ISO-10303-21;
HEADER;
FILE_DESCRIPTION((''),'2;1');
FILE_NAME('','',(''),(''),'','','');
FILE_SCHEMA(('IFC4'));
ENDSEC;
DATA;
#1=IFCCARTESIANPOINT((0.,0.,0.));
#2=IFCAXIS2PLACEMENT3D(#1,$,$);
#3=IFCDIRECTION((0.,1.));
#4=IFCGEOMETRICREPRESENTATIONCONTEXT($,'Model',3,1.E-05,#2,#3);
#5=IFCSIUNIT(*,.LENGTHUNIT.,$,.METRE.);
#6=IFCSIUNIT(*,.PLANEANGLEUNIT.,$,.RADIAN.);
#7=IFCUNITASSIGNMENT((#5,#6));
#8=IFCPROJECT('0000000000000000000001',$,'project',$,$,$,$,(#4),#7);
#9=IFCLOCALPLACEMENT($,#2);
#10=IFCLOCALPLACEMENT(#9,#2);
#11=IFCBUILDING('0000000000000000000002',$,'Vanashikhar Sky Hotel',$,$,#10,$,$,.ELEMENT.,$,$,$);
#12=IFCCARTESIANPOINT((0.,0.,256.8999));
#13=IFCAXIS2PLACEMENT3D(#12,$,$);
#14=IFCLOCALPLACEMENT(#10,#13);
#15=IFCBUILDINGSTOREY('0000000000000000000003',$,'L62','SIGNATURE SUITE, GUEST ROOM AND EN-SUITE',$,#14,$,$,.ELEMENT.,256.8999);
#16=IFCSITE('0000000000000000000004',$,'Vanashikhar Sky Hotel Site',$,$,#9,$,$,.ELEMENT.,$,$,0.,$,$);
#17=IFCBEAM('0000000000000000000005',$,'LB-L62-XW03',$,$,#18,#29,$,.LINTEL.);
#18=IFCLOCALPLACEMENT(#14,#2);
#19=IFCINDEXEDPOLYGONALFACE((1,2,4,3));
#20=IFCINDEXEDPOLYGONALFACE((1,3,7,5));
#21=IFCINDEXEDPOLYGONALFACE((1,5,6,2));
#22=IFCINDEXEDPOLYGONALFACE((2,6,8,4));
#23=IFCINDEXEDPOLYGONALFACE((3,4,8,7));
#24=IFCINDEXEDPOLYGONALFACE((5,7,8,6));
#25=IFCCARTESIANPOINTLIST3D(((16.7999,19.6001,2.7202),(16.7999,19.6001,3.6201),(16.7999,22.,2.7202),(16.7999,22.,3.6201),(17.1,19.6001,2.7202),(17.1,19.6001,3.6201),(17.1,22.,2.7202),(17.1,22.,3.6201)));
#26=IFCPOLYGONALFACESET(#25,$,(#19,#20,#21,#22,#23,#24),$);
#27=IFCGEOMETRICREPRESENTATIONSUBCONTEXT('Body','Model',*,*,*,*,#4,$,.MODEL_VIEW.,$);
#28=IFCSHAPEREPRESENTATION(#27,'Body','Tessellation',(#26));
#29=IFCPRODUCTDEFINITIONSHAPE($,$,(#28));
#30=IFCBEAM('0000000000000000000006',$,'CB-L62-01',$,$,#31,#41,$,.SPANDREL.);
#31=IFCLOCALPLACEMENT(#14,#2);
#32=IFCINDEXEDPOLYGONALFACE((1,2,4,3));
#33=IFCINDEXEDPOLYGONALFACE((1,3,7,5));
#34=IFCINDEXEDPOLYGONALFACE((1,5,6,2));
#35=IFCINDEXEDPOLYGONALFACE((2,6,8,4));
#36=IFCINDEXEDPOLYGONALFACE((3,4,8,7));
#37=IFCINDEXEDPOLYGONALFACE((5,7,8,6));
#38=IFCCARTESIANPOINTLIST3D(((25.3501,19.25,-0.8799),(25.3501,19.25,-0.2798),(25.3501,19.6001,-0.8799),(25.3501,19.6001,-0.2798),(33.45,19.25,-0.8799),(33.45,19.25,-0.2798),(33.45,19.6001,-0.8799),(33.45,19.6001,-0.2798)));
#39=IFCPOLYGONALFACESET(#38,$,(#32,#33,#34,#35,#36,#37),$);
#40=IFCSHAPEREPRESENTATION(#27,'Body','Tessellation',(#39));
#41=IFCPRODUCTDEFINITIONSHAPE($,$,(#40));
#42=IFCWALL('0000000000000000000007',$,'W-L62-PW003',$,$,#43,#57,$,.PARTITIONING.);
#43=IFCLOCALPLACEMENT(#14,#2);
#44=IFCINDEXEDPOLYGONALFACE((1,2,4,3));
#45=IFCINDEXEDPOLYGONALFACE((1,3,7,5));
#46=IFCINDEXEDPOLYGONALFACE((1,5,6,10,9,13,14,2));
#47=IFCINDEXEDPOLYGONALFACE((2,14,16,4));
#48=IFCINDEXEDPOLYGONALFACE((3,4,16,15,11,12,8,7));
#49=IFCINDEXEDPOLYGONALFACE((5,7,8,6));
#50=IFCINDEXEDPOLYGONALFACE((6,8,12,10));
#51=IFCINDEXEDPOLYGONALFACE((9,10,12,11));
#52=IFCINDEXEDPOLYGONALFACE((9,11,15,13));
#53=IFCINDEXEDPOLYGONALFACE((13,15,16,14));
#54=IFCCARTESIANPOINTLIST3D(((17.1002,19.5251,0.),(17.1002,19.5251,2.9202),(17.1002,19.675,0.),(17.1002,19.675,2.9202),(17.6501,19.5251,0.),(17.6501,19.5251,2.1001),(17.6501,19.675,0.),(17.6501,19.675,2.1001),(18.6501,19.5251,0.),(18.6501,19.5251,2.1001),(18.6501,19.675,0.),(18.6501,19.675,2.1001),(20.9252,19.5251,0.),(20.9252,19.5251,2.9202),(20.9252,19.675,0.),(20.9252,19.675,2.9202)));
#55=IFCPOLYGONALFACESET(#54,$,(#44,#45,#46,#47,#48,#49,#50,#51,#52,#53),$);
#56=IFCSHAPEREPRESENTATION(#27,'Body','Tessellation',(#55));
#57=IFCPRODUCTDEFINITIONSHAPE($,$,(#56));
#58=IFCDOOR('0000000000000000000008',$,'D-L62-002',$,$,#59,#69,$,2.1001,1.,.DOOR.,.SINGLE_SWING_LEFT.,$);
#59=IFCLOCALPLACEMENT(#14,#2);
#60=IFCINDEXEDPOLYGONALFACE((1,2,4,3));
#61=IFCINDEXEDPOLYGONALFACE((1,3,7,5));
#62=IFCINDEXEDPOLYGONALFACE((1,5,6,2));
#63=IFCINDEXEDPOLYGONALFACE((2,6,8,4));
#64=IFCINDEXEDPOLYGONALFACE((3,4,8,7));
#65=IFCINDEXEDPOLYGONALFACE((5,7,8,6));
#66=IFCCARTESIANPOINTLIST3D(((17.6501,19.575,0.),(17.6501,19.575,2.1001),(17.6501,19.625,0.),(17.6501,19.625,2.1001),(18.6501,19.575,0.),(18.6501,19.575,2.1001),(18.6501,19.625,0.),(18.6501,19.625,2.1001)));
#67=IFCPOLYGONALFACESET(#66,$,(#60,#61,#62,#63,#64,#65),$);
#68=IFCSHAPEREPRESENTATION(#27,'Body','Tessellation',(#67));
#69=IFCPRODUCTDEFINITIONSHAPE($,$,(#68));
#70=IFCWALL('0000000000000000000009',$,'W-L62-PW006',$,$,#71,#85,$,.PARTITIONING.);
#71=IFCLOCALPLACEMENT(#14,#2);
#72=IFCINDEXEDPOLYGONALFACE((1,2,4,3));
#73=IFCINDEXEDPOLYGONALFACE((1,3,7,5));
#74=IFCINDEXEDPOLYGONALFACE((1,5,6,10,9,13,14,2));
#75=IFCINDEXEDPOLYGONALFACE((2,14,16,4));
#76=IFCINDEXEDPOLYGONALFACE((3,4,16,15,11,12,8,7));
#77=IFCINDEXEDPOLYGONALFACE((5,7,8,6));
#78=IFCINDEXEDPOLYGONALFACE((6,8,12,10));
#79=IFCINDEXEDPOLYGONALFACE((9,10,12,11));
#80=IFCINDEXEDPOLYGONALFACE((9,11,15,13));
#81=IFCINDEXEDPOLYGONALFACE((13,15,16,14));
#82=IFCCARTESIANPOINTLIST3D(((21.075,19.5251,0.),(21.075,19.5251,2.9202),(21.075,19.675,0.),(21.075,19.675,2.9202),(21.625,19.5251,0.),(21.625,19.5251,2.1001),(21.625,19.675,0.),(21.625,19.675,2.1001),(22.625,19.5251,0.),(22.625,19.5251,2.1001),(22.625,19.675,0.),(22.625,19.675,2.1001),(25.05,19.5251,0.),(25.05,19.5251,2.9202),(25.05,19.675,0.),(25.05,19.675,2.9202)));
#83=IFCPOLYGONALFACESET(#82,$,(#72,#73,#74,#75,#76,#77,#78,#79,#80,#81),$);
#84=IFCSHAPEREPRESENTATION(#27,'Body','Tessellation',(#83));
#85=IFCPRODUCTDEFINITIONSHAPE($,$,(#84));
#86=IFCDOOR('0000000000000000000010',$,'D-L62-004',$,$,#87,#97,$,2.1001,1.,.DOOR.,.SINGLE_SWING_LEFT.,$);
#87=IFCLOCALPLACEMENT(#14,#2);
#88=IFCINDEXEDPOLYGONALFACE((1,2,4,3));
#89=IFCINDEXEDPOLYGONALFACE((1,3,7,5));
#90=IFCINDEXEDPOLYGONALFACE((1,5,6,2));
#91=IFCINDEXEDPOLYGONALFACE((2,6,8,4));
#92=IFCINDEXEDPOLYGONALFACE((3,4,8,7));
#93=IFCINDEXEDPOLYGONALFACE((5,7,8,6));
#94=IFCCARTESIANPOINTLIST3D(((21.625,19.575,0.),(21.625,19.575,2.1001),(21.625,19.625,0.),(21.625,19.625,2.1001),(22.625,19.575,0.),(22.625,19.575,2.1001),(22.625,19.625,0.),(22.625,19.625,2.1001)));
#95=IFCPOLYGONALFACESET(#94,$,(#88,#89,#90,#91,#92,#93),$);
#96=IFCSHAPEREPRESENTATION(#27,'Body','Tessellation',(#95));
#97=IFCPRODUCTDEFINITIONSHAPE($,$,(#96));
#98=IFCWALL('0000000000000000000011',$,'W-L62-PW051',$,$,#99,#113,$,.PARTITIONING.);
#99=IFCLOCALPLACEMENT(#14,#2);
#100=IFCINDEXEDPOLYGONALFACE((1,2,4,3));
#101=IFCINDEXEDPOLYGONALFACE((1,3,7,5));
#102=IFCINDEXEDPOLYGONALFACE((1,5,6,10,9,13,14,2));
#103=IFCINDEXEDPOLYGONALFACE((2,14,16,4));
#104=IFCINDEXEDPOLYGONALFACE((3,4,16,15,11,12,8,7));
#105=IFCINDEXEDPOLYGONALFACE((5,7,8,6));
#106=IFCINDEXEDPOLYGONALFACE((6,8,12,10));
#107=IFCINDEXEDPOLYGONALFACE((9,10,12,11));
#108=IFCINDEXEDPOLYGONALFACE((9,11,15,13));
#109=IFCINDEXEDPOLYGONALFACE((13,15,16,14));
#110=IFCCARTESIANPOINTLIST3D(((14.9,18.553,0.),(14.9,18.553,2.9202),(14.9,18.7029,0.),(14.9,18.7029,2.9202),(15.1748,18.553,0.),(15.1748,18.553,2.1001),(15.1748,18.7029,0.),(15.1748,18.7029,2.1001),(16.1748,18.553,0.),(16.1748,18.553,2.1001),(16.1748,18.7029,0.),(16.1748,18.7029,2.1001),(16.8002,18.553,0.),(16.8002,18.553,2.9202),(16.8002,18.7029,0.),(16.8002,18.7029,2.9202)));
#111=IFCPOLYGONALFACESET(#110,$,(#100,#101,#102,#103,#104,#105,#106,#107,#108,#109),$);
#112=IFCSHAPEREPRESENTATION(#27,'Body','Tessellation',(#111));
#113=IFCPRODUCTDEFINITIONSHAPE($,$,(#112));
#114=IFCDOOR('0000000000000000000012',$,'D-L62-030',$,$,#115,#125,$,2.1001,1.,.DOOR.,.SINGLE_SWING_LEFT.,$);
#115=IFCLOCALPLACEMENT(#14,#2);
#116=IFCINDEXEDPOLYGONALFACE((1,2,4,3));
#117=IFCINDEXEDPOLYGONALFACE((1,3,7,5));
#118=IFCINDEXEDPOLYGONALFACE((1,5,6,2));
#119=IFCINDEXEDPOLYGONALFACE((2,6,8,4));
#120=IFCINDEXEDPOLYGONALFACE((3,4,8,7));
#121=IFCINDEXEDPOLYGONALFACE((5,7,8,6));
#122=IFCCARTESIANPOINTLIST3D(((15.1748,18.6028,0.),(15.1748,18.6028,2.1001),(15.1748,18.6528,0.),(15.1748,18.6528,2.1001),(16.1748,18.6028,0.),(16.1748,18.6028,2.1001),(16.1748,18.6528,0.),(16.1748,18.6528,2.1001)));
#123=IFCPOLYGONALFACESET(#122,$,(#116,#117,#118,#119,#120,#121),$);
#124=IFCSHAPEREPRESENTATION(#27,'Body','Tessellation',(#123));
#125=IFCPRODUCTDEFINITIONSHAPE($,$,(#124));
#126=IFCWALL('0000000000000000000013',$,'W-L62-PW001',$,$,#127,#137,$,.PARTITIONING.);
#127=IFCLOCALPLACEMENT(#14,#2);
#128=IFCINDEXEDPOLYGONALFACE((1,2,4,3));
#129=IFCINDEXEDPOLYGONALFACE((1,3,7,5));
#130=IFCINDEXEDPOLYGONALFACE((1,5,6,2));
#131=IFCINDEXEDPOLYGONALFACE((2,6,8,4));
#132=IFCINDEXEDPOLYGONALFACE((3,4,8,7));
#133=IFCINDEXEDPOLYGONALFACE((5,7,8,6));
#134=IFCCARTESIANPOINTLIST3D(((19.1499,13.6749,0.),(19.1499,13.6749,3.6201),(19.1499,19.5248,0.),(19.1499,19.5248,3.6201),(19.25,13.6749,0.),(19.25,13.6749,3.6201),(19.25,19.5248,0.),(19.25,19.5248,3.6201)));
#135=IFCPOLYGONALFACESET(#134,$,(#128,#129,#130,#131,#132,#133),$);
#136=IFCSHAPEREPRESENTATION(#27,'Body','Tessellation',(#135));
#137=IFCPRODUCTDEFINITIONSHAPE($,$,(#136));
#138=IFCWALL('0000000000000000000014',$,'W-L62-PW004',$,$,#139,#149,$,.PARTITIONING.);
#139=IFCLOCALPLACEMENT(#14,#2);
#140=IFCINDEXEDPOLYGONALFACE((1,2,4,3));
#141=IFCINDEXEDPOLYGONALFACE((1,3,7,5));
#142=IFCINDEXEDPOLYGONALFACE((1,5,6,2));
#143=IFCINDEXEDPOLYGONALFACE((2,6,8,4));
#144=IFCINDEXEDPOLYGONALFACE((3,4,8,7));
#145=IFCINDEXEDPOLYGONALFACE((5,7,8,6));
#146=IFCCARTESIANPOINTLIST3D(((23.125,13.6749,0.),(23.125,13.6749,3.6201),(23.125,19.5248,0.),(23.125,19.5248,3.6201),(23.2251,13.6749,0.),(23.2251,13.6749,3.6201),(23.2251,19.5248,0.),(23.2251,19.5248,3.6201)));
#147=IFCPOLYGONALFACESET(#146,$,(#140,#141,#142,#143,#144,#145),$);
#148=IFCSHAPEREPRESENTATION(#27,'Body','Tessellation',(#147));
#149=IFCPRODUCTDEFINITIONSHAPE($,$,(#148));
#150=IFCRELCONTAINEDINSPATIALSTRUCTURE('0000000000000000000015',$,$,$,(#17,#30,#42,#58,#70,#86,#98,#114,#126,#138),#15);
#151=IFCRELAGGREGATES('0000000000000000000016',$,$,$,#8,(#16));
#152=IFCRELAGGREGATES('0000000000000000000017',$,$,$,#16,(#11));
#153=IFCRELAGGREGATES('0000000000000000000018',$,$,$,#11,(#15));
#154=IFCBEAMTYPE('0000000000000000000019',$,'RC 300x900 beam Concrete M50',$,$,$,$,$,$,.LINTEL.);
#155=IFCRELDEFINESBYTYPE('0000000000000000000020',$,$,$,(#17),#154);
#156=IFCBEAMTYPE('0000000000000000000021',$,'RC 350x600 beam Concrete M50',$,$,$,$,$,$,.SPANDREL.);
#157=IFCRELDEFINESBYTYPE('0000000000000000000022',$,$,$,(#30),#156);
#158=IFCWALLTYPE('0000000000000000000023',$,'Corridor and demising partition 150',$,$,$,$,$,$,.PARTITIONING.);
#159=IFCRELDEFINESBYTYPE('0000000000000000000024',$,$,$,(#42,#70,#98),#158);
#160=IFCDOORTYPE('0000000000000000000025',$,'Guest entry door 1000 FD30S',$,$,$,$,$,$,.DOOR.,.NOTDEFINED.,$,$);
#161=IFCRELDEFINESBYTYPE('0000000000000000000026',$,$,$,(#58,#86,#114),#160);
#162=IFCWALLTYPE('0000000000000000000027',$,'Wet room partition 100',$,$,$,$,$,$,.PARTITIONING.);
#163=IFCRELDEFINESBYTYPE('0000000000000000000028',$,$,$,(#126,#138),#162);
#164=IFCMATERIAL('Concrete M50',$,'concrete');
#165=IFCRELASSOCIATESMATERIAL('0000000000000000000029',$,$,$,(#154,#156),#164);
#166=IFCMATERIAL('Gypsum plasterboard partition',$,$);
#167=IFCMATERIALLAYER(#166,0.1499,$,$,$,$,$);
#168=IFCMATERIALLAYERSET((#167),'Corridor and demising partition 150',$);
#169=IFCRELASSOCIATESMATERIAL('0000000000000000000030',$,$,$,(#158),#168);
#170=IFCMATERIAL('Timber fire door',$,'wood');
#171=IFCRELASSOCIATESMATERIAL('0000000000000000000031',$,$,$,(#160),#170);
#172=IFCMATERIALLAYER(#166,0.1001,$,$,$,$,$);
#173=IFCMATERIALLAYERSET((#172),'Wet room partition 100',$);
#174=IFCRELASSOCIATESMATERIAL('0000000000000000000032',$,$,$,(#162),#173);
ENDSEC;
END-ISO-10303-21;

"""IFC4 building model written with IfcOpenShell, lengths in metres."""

from ifc_helpers import new_model, si_unit, direction, frame, frame_2d, origin, origin_2d, place, context, subcontext, project, spatial, rectangle, extrude, source, transform, mapped, material, layer, layer_set, material_profile, profile_set, type_object, element, fill, save


model = new_model("IFC4")

# Units and contexts
model_context = context("Model", 3, precision=1e-05, world=origin(), true_north=direction((0.0, 1.0)))
body_context = subcontext(model_context, "Body", "Model", "MODEL_VIEW")
ifc_project = project(units=[si_unit("LENGTHUNIT", "METRE"), si_unit("PLANEANGLEUNIT", "RADIAN")], contexts=[model_context])

# Site, building, storey
site_placement = place(None, origin())
site = spatial("IfcSite", under=ifc_project, at=site_placement, Name="Vanashikhar Sky Hotel Site", CompositionType="ELEMENT", RefElevation=0.0)
building_placement = place(site_placement, origin())
building = spatial("IfcBuilding", under=site, at=building_placement, Name="Vanashikhar Sky Hotel", CompositionType="ELEMENT")
storey_placement = place(building_placement, frame((0.0, 0.0, 256.8999)))
storey = spatial("IfcBuildingStorey", under=building, at=storey_placement, Name="L62", Description="SIGNATURE SUITE, GUEST ROOM AND EN-SUITE", CompositionType="ELEMENT", Elevation=256.8999)

# Beams
ifc_material_1 = material(Name="Concrete M50", Category="concrete")
ifc_material_profile_1 = material_profile(ifc_material_1, rectangle(XDim=0.3, YDim=0.8999, at=origin_2d()))
ifc_profile_set_1 = profile_set([ifc_material_profile_1], Name="RC 300x900 beam Concrete M50")
beam_type_1 = type_object("IfcBeamType", Name="RC 300x900 beam Concrete M50", PredefinedType="LINTEL", material=ifc_profile_set_1)
shared_shape_1 = source(origin(), body_context, "Body", "SweptSolid", [
    extrude(rectangle(XDim=0.3, YDim=0.8999, at=origin_2d()), origin(), (0.0, 0.0, 1.0), 2.3999),
])
beam_1_placement = place(storey_placement, frame((16.95, 19.6001, 3.1702), z_axis=(0.0, 1.0, 0.0), x_axis=(-1.0, 0.0, 0.0)))
element("IfcBeam", 1, at=beam_1_placement, inside=storey, type_object=beam_type_1, Name="LB-L62-XW03", PredefinedType="LINTEL", context=body_context, shape_type="MappedRepresentation", body=[
    mapped(shared_shape_1, transform((0.0, 0.0, 0.0), scale=1.0)),
])
ifc_material_profile_2 = material_profile(ifc_material_1, rectangle(XDim=0.3501, YDim=0.6001, at=origin_2d()))
ifc_profile_set_2 = profile_set([ifc_material_profile_2], Name="RC 350x600 beam Concrete M50")
beam_type_2 = type_object("IfcBeamType", Name="RC 350x600 beam Concrete M50", PredefinedType="SPANDREL", material=ifc_profile_set_2)
shared_shape_2 = source(origin(), body_context, "Body", "SweptSolid", [
    extrude(rectangle(XDim=0.3501, YDim=0.6001, at=origin_2d()), origin(), (0.0, 0.0, 1.0), 8.0999),
])
beam_2_placement = place(storey_placement, frame((25.3501, 19.425, -0.5798), z_axis=(1.0, 0.0, 0.0), x_axis=(0.0, 1.0, 0.0)))
element("IfcBeam", 2, at=beam_2_placement, inside=storey, type_object=beam_type_2, Name="CB-L62-01", PredefinedType="SPANDREL", context=body_context, shape_type="MappedRepresentation", body=[
    mapped(shared_shape_2, transform((0.0, 0.0, 0.0), scale=1.0)),
])

# Walls, openings, doors
ifc_material_2 = material(Name="Gypsum plasterboard partition")
ifc_layer_1 = layer(ifc_material_2, 0.1499)
ifc_layer_set_1 = layer_set([ifc_layer_1], Name="Corridor and demising partition 150")
wall_type_1 = type_object("IfcWallType", Name="Corridor and demising partition 150", PredefinedType="PARTITIONING", material=ifc_layer_set_1)
shared_shape_3 = source(origin(), body_context, "Body", "SweptSolid", [
    extrude(rectangle(XDim=3.825, YDim=0.1499, at=frame_2d((1.9126, 0.0))), origin(), (0.0, 0.0, 1.0), 2.9202),
])
wall_1_placement = place(storey_placement, frame((17.1001, 19.6001, 0.0), z_axis=(0.0, 0.0, 1.0), x_axis=(1.0, 0.0, 0.0)))
wall_1 = element("IfcWall", 3, at=wall_1_placement, inside=storey, type_object=wall_type_1, Name="W-L62-PW003", PredefinedType="PARTITIONING", context=body_context, shape_type="MappedRepresentation", body=[
    mapped(shared_shape_3, transform((0.0, 0.0, 0.0), scale=1.0)),
])
shared_shape_4 = source(origin(), body_context, "Body", "SweptSolid", [
    extrude(rectangle(XDim=1.0, YDim=2.1001, at=frame_2d((0.5, 1.05))), frame((0.0, 0.085, 0.0), z_axis=(0.0, -1.0, 0.0), x_axis=(1.0, 0.0, 0.0)), (0.0, 0.0, 1.0), 0.1699),
])
opening_1_placement = place(wall_1_placement, frame((0.55, 0.0, 0.0)))
opening_1 = element("IfcOpeningElement", 4, at=opening_1_placement, cuts=wall_1, PredefinedType="OPENING", context=body_context, shape_type="MappedRepresentation", body=[
    mapped(shared_shape_4, transform((0.0, 0.0, 0.0), scale=1.0)),
])
ifc_material_3 = material(Name="Timber fire door", Category="wood")
door_type_1 = type_object("IfcDoorType", Name="Guest entry door 1000 FD30S", OperationType="NOTDEFINED", PredefinedType="DOOR", material=ifc_material_3)
shared_shape_5 = source(origin(), body_context, "Body", "SweptSolid", [
    extrude(rectangle(XDim=1.0, YDim=2.1001, at=frame_2d((0.5, 1.05))), frame((0.0, 0.0249, 0.0), z_axis=(0.0, -1.0, 0.0), x_axis=(1.0, 0.0, 0.0)), (0.0, 0.0, 1.0), 0.05),
])
door_1_placement = place(opening_1_placement, origin())
door_1 = element("IfcDoor", 5, at=door_1_placement, inside=storey, type_object=door_type_1, Name="D-L62-002", OperationType="SINGLE_SWING_LEFT", OverallHeight=2.1001, OverallWidth=1.0, PredefinedType="DOOR", context=body_context, shape_type="MappedRepresentation", body=[
    mapped(shared_shape_5, transform((0.0, 0.0, 0.0), scale=1.0)),
])
fill(opening_1, door_1)
shared_shape_6 = source(origin(), body_context, "Body", "SweptSolid", [
    extrude(rectangle(XDim=3.9751, YDim=0.1499, at=frame_2d((1.9875, 0.0))), origin(), (0.0, 0.0, 1.0), 2.9202),
])
wall_2_placement = place(storey_placement, frame((21.075, 19.6001, 0.0), z_axis=(0.0, 0.0, 1.0), x_axis=(1.0, 0.0, 0.0)))
wall_2 = element("IfcWall", 6, at=wall_2_placement, inside=storey, type_object=wall_type_1, Name="W-L62-PW006", PredefinedType="PARTITIONING", context=body_context, shape_type="MappedRepresentation", body=[
    mapped(shared_shape_6, transform((0.0, 0.0, 0.0), scale=1.0)),
])
opening_2_placement = place(wall_2_placement, frame((0.55, 0.0, 0.0)))
opening_2 = element("IfcOpeningElement", 7, at=opening_2_placement, cuts=wall_2, PredefinedType="OPENING", context=body_context, shape_type="MappedRepresentation", body=[
    mapped(shared_shape_4, transform((0.0, 0.0, 0.0), scale=1.0)),
])
door_2_placement = place(opening_2_placement, origin())
door_2 = element("IfcDoor", 8, at=door_2_placement, inside=storey, type_object=door_type_1, Name="D-L62-004", OperationType="SINGLE_SWING_LEFT", OverallHeight=2.1001, OverallWidth=1.0, PredefinedType="DOOR", context=body_context, shape_type="MappedRepresentation", body=[
    mapped(shared_shape_5, transform((0.0, 0.0, 0.0), scale=1.0)),
])
fill(opening_2, door_2)
shared_shape_7 = source(origin(), body_context, "Body", "SweptSolid", [
    extrude(rectangle(XDim=1.9001, YDim=0.1499, at=frame_2d((0.9502, 0.0))), origin(), (0.0, 0.0, 1.0), 2.9202),
])
wall_3_placement = place(storey_placement, frame((14.8999, 18.6279, 0.0), z_axis=(0.0, 0.0, 1.0), x_axis=(1.0, 0.0, 0.0)))
wall_3 = element("IfcWall", 9, at=wall_3_placement, inside=storey, type_object=wall_type_1, Name="W-L62-PW051", PredefinedType="PARTITIONING", context=body_context, shape_type="MappedRepresentation", body=[
    mapped(shared_shape_7, transform((0.0, 0.0, 0.0), scale=1.0)),
])
opening_3_placement = place(wall_3_placement, frame((0.2749, 0.0, 0.0)))
opening_3 = element("IfcOpeningElement", 10, at=opening_3_placement, cuts=wall_3, PredefinedType="OPENING", context=body_context, shape_type="MappedRepresentation", body=[
    mapped(shared_shape_4, transform((0.0, 0.0, 0.0), scale=1.0)),
])
door_3_placement = place(opening_3_placement, origin())
door_3 = element("IfcDoor", 11, at=door_3_placement, inside=storey, type_object=door_type_1, Name="D-L62-030", OperationType="SINGLE_SWING_LEFT", OverallHeight=2.1001, OverallWidth=1.0, PredefinedType="DOOR", context=body_context, shape_type="MappedRepresentation", body=[
    mapped(shared_shape_5, transform((0.0, 0.0, 0.0), scale=1.0)),
])
fill(opening_3, door_3)

# Walls
ifc_layer_2 = layer(ifc_material_2, 0.1001)
ifc_layer_set_2 = layer_set([ifc_layer_2], Name="Wet room partition 100")
wall_type_2 = type_object("IfcWallType", Name="Wet room partition 100", PredefinedType="PARTITIONING", material=ifc_layer_set_2)
shared_shape_8 = source(origin(), body_context, "Body", "SweptSolid", [
    extrude(rectangle(XDim=5.8499, YDim=0.1001, at=frame_2d((2.9248, 0.0))), origin(), (0.0, 0.0, 1.0), 3.6201),
])
for number, where, z_axis, x_axis, name in (
    (12, (19.2, 13.675, 0.0), (0.0, 0.0, 1.0), (0.0, 1.0, 0.0), "W-L62-PW001"),
    (13, (23.175, 13.675, 0.0), (0.0, 0.0, 1.0), (0.0, 1.0, 0.0), "W-L62-PW004"),
):
    element("IfcWall", number, at=place(storey_placement, frame(where, z_axis=z_axis, x_axis=x_axis)), inside=storey, type_object=wall_type_2, Name=name, PredefinedType="PARTITIONING", context=body_context, shape_type="MappedRepresentation", body=[
        mapped(shared_shape_8, transform((0.0, 0.0, 0.0), scale=1.0)),
    ])

save(model, "model.ifc")
